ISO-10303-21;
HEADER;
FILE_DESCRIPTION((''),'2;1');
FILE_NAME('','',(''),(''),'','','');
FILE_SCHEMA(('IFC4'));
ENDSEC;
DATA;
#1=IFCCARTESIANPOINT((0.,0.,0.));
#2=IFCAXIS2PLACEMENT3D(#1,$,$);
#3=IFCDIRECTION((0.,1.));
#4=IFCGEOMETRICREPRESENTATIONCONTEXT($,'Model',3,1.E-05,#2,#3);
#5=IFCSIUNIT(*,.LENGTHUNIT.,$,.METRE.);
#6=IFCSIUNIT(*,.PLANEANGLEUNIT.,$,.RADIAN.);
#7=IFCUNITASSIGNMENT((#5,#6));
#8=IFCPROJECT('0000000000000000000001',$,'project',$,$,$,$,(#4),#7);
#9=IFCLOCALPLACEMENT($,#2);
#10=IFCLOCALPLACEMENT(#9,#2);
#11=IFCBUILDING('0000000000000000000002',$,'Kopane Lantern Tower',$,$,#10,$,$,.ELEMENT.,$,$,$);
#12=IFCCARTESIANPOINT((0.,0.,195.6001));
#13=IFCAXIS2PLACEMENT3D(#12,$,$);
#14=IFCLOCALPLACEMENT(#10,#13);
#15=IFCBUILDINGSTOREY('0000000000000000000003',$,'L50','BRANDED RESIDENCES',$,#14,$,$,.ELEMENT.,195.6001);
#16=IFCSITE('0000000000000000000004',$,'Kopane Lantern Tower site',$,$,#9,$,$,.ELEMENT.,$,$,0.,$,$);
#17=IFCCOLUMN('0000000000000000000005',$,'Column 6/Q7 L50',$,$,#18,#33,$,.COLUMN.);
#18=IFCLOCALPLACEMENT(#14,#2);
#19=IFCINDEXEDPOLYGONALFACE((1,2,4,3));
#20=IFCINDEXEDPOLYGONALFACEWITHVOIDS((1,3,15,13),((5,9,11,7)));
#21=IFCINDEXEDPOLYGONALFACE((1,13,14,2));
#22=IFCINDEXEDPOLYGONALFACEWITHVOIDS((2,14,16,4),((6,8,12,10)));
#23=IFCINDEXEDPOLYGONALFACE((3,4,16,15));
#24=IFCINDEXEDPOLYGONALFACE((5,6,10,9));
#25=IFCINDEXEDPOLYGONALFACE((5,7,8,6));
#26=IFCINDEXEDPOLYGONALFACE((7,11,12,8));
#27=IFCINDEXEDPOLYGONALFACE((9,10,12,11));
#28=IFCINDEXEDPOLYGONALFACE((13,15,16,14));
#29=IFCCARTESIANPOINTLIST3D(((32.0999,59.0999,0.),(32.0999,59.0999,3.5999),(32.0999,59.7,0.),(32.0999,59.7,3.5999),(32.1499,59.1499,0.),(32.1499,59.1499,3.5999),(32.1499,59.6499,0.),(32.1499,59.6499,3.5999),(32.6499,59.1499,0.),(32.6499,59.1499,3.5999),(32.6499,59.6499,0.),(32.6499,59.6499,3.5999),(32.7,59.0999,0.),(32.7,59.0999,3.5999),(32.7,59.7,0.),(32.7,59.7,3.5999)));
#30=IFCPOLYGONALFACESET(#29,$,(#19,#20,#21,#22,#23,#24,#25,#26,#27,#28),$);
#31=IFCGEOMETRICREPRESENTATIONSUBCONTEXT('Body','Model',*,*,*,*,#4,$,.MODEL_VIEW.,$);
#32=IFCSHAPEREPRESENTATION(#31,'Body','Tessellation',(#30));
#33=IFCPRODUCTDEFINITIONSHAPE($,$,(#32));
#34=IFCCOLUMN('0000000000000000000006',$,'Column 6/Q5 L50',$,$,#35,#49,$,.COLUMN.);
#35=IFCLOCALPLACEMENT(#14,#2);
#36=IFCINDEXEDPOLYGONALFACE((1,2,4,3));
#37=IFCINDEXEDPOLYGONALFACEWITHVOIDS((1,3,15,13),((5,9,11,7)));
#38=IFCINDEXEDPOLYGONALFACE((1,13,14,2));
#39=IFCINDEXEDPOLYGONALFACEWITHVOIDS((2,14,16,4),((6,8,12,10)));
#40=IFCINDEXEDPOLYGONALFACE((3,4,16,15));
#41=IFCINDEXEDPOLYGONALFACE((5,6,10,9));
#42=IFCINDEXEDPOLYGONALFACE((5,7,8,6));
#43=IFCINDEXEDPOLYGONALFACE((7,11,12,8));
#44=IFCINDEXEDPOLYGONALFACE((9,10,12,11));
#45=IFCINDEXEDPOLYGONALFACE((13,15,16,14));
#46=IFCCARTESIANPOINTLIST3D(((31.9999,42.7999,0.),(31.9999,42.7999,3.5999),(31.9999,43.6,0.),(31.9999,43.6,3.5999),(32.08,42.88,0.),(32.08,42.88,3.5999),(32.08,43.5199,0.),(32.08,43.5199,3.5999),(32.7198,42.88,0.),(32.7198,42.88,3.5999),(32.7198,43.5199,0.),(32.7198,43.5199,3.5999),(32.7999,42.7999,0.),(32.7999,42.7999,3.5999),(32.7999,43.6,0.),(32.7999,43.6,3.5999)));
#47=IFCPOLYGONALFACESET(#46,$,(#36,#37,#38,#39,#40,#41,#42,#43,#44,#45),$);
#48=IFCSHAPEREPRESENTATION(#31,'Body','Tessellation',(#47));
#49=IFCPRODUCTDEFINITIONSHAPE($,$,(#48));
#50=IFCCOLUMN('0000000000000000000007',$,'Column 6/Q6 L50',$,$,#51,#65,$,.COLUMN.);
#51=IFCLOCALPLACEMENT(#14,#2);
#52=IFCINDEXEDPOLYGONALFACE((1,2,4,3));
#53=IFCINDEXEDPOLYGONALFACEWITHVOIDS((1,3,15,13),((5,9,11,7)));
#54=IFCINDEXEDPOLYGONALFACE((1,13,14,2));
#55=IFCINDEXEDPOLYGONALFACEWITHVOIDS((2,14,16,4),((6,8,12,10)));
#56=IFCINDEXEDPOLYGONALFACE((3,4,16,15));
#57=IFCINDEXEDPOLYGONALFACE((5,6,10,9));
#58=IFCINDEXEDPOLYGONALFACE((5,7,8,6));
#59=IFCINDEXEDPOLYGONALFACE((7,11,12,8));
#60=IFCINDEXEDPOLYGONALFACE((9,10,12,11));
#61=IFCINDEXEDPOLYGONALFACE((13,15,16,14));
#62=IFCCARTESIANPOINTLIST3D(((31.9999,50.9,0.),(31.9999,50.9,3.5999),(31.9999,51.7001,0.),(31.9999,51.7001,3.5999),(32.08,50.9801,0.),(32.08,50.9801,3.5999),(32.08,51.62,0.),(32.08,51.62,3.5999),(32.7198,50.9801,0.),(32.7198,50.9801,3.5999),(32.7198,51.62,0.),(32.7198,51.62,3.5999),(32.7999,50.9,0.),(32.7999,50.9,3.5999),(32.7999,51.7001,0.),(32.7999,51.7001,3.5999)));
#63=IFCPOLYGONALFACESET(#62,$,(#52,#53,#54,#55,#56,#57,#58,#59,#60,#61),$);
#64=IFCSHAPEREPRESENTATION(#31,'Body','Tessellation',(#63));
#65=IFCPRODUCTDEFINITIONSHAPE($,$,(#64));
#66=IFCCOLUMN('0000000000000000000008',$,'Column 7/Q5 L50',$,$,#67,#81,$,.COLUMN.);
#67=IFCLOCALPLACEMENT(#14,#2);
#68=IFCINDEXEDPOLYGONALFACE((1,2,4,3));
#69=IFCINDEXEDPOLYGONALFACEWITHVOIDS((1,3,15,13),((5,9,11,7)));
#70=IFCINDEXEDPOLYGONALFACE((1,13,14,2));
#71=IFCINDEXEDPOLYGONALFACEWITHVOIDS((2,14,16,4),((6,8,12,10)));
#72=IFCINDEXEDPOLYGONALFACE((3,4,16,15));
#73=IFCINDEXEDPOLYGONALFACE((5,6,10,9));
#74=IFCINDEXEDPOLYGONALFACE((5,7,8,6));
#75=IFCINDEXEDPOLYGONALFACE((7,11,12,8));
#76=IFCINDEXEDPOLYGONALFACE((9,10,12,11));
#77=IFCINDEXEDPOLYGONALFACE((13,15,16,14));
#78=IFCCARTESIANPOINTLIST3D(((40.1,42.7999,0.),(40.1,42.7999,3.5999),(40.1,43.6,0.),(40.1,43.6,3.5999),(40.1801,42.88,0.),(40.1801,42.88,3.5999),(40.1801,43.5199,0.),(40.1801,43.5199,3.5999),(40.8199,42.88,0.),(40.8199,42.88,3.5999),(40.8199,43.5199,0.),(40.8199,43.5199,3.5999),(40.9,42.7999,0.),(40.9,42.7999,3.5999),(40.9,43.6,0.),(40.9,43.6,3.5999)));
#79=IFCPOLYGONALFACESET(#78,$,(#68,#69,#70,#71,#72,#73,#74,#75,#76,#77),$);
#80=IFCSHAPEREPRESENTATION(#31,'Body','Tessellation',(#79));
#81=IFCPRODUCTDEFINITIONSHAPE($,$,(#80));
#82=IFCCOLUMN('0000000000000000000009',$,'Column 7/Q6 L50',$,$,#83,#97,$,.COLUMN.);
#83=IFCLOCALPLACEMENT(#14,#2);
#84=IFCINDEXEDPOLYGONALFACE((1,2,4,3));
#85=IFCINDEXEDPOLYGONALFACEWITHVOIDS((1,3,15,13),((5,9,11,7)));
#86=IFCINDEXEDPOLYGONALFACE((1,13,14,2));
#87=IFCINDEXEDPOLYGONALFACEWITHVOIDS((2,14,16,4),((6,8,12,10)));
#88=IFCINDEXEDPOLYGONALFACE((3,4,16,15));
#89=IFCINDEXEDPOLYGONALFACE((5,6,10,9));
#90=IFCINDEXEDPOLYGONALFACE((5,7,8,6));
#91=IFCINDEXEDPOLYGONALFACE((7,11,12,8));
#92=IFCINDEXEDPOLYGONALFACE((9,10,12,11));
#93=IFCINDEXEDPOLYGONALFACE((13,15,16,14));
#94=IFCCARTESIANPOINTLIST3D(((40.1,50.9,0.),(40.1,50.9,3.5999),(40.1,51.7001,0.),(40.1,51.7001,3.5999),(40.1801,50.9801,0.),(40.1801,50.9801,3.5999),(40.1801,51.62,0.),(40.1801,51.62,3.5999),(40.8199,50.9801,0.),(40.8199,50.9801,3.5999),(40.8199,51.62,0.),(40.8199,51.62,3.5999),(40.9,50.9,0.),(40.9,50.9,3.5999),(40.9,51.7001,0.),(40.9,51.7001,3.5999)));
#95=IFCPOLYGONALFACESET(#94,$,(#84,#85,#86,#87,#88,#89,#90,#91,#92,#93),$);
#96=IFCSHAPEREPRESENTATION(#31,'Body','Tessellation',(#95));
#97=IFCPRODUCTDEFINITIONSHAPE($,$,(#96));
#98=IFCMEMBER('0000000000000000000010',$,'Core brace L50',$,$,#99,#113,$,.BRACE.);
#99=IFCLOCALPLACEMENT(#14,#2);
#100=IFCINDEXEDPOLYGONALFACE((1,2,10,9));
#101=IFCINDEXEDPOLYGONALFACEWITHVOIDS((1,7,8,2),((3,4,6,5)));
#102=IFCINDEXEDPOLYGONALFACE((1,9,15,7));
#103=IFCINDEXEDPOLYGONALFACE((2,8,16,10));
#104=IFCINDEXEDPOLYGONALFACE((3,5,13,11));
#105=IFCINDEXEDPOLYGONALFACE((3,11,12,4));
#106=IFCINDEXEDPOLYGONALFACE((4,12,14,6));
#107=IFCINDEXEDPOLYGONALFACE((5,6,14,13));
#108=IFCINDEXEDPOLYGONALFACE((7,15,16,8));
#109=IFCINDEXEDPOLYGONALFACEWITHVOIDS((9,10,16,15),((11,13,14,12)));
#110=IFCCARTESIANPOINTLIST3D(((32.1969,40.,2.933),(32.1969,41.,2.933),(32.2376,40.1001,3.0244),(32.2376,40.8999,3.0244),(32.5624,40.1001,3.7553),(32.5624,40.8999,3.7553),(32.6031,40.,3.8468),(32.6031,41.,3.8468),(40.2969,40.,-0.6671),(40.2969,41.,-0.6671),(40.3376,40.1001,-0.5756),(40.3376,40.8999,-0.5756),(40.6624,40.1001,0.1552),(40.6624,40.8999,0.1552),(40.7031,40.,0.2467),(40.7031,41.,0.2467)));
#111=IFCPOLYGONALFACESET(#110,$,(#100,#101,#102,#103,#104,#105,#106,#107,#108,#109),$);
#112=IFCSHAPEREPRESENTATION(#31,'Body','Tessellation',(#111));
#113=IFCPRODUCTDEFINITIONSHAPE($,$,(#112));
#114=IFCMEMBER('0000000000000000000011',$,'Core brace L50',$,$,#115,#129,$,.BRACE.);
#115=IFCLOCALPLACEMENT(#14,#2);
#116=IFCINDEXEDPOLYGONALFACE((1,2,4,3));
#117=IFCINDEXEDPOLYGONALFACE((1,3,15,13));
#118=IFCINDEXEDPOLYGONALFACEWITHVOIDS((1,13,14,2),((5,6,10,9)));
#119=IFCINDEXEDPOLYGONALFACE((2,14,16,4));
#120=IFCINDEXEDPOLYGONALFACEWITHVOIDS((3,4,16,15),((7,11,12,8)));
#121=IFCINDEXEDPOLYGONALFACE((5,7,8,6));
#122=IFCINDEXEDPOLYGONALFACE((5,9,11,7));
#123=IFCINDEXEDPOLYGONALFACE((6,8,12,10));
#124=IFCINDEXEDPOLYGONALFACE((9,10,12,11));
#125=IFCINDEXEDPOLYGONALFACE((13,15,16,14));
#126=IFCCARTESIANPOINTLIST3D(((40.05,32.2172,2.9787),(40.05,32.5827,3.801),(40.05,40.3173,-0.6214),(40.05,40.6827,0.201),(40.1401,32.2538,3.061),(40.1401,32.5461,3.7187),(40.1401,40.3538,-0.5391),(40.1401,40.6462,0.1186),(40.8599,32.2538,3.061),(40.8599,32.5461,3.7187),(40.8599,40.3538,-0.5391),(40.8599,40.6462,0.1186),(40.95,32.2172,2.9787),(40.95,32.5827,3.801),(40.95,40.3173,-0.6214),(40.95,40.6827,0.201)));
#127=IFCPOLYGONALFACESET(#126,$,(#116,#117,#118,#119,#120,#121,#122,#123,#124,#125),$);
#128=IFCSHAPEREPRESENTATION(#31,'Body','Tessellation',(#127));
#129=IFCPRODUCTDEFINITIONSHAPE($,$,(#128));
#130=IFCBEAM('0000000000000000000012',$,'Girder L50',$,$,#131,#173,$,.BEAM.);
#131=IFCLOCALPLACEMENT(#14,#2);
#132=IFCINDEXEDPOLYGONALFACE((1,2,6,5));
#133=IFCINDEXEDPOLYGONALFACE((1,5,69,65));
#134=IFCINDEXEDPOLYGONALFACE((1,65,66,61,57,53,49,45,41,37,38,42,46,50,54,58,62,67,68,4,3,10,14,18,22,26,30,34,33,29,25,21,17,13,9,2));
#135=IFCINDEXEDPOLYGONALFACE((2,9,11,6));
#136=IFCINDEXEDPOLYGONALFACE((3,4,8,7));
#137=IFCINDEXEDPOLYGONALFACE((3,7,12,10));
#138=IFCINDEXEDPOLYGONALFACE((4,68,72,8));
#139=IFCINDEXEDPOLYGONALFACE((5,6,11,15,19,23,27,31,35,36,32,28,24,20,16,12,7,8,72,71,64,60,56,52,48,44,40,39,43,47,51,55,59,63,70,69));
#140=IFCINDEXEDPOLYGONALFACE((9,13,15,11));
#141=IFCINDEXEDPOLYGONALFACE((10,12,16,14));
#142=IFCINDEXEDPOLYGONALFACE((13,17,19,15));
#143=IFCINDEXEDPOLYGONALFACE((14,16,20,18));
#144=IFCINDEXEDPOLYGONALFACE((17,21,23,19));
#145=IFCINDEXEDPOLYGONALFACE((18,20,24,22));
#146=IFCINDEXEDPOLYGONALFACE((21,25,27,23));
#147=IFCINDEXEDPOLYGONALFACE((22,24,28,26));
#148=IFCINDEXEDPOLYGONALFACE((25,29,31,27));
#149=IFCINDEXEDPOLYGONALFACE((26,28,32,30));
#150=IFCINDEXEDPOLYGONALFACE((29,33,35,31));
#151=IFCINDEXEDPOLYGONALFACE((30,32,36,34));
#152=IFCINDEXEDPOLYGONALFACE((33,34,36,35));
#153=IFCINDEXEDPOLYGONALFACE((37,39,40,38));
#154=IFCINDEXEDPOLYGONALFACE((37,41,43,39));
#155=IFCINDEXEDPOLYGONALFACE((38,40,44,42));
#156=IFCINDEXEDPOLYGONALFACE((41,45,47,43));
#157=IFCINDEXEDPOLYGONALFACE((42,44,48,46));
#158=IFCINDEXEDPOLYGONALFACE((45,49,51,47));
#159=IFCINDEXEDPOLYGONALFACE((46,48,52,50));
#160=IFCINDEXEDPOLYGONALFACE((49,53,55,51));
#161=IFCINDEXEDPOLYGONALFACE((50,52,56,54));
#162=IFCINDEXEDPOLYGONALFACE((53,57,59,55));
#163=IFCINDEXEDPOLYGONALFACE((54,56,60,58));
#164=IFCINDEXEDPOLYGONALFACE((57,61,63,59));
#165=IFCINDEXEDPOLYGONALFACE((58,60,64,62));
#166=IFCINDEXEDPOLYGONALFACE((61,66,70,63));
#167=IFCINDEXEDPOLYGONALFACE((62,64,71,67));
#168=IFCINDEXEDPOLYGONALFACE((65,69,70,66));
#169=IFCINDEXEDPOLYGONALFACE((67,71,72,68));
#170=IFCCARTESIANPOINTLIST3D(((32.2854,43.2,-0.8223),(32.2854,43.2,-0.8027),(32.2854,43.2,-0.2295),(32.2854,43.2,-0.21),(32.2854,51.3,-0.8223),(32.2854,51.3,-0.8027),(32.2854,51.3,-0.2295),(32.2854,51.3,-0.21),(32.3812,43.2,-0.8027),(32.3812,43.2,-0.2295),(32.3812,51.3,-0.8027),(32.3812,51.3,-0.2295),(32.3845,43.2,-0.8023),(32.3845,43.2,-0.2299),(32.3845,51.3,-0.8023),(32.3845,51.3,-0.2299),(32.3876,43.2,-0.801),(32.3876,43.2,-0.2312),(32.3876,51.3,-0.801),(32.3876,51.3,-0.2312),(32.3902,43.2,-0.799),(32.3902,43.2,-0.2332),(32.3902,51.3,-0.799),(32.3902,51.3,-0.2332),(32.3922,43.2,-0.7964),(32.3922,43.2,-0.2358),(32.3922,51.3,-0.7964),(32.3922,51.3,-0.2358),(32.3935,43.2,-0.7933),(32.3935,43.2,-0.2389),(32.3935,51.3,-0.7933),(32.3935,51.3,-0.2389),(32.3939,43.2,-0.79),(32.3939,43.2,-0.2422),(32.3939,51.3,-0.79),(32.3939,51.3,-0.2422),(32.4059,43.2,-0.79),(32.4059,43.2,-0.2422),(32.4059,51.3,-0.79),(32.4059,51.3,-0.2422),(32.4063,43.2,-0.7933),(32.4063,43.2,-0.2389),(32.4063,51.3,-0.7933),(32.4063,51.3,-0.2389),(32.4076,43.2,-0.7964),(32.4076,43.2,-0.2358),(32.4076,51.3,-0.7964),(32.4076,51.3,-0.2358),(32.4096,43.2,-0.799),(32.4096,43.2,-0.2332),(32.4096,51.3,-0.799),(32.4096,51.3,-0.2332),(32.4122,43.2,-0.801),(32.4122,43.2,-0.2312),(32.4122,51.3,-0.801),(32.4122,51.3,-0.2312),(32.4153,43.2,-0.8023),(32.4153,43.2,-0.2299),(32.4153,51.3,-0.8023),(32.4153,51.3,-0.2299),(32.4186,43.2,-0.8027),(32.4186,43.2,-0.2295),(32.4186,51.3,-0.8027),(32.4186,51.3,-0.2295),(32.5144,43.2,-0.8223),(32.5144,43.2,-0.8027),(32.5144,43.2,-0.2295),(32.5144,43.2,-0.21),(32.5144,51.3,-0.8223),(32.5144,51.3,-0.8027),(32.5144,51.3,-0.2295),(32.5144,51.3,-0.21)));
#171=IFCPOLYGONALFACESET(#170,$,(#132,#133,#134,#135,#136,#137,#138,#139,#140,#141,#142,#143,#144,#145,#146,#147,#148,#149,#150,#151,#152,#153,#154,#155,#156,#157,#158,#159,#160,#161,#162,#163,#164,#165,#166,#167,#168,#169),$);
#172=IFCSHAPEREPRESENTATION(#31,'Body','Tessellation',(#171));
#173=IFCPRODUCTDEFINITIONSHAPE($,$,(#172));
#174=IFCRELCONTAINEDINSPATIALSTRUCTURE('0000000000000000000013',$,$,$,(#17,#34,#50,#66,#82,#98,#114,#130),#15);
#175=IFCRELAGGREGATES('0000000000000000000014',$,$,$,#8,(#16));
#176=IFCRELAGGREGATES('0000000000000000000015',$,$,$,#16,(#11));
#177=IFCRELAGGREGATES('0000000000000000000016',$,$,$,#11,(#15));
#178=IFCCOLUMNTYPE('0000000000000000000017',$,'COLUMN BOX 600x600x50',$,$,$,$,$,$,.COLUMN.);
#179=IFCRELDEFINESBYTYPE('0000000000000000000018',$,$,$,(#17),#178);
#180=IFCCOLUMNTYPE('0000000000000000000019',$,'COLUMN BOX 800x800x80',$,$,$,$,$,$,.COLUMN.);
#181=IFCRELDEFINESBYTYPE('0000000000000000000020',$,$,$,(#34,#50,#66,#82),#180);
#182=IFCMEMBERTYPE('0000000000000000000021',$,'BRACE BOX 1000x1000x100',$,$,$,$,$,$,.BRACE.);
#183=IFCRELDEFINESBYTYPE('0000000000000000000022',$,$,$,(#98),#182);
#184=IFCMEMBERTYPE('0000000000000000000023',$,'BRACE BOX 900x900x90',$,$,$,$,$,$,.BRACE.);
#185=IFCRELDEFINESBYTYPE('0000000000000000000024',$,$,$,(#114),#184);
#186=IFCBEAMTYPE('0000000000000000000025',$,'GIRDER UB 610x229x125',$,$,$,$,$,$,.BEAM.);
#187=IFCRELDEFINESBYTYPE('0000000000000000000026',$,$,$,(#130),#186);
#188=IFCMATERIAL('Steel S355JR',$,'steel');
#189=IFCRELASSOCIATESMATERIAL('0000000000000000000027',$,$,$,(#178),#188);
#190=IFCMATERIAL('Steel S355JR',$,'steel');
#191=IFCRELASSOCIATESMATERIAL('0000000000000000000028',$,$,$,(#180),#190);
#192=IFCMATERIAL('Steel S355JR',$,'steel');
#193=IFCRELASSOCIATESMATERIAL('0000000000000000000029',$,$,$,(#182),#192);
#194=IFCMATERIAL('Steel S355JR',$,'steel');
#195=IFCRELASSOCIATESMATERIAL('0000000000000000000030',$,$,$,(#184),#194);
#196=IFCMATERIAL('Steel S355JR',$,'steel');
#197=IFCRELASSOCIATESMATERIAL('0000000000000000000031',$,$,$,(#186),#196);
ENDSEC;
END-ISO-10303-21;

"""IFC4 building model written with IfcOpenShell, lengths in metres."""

from ifc_helpers import new_model, si_unit, direction, frame, origin, origin_2d, place, context, subcontext, project, spatial, hollow_rectangle, i_section, extrude, material, material_profile, profile_set, type_object, element, save


model = new_model("IFC4")

# Units and contexts
model_context = context("Model", 3, precision=1e-05, world=origin(), true_north=direction((0.0, 1.0)))
body_context = subcontext(model_context, "Body", "Model", "MODEL_VIEW")
ifc_project = project(units=[si_unit("LENGTHUNIT", "METRE"), si_unit("PLANEANGLEUNIT", "RADIAN")], contexts=[model_context])

# Site, building, storey
site_placement = place(None, origin())
site = spatial("IfcSite", under=ifc_project, at=site_placement, Name="Kopane Lantern Tower site", CompositionType="ELEMENT", RefElevation=0.0)
building_placement = place(site_placement, origin())
building = spatial("IfcBuilding", under=site, at=building_placement, Name="Kopane Lantern Tower", CompositionType="ELEMENT")
storey_placement = place(building_placement, frame((0.0, 0.0, 195.6001)))
storey = spatial("IfcBuildingStorey", under=building, at=storey_placement, Name="L50", Description="BRANDED RESIDENCES", CompositionType="ELEMENT", Elevation=195.6001)

# Columns
ifc_material_1 = material(Name="Steel S355JR", Category="steel")
ifc_material_profile_1 = material_profile(ifc_material_1, hollow_rectangle(XDim=0.6001, YDim=0.6001, WallThickness=0.05, at=origin_2d()), Name="BOX 600x600x50")
ifc_profile_set_1 = profile_set([ifc_material_profile_1], Name="Steel S355JR")
column_type_1 = type_object("IfcColumnType", Name="COLUMN BOX 600x600x50", PredefinedType="COLUMN", material=ifc_profile_set_1)
column_placement = place(storey_placement, frame((32.3999, 59.3999, 0.0), z_axis=(0.0, 0.0, 1.0), x_axis=(1.0, 0.0, 0.0)))
element("IfcColumn", 1, at=column_placement, inside=storey, type_object=column_type_1, Name="Column 6/Q7 L50", PredefinedType="COLUMN", context=body_context, shape_type="SweptSolid", body=[
    extrude(hollow_rectangle(XDim=0.6001, YDim=0.6001, WallThickness=0.05, at=origin_2d()), origin(), (0.0, 0.0, 1.0), 3.5999),
])
ifc_material_2 = material(Name="Steel S355JR", Category="steel")
ifc_material_profile_2 = material_profile(ifc_material_2, hollow_rectangle(XDim=0.8, YDim=0.8, WallThickness=0.0801, at=origin_2d()), Name="BOX 800x800x80")
ifc_profile_set_2 = profile_set([ifc_material_profile_2], Name="Steel S355JR")
column_type_2 = type_object("IfcColumnType", Name="COLUMN BOX 800x800x80", PredefinedType="COLUMN", material=ifc_profile_set_2)
for number, where, z_axis, x_axis, name in (
    (2, (32.3999, 43.2, 0.0), (0.0, 0.0, 1.0), (1.0, 0.0, 0.0), "Column 6/Q5 L50"),
    (3, (32.3999, 51.3, 0.0), (0.0, 0.0, 1.0), (1.0, 0.0, 0.0), "Column 6/Q6 L50"),
    (4, (40.5, 43.2, 0.0), (0.0, 0.0, 1.0), (1.0, 0.0, 0.0), "Column 7/Q5 L50"),
    (5, (40.5, 51.3, 0.0), (0.0, 0.0, 1.0), (1.0, 0.0, 0.0), "Column 7/Q6 L50"),
):
    element("IfcColumn", number, at=place(storey_placement, frame(where, z_axis=z_axis, x_axis=x_axis)), inside=storey, type_object=column_type_2, Name=name, PredefinedType="COLUMN", context=body_context, shape_type="SweptSolid", body=[
        extrude(hollow_rectangle(XDim=0.8, YDim=0.8, WallThickness=0.0801, at=origin_2d()), origin(), (0.0, 0.0, 1.0), 3.5999),
    ])

# Members
ifc_material_3 = material(Name="Steel S355JR", Category="steel")
ifc_material_profile_3 = material_profile(ifc_material_3, hollow_rectangle(XDim=1.0, YDim=1.0, WallThickness=0.1001, at=origin_2d()), Name="BOX 1000x1000x100")
ifc_profile_set_3 = profile_set([ifc_material_profile_3], Name="Steel S355JR")
member_type_1 = type_object("IfcMemberType", Name="BRACE BOX 1000x1000x100", PredefinedType="BRACE", material=ifc_profile_set_3)
member_1_placement = place(storey_placement, frame((40.5, 40.5, -0.2102), z_axis=(-0.913809, 0.0, 0.406144), x_axis=(0.0, -1.0, 0.0)))
element("IfcMember", 6, at=member_1_placement, inside=storey, type_object=member_type_1, Name="Core brace L50", PredefinedType="BRACE", context=body_context, shape_type="SweptSolid", body=[
    extrude(hollow_rectangle(XDim=1.0, YDim=1.0, WallThickness=0.1001, at=origin_2d()), origin(), (0.0, 0.0, 1.0), 8.864),
])
ifc_material_4 = material(Name="Steel S355JR", Category="steel")
ifc_material_profile_4 = material_profile(ifc_material_4, hollow_rectangle(XDim=0.8999, YDim=0.8999, WallThickness=0.0901, at=origin_2d()), Name="BOX 900x900x90")
ifc_profile_set_4 = profile_set([ifc_material_profile_4], Name="Steel S355JR")
member_type_2 = type_object("IfcMemberType", Name="BRACE BOX 900x900x90", PredefinedType="BRACE", material=ifc_profile_set_4)
member_2_placement = place(storey_placement, frame((40.5, 40.5, -0.2102), z_axis=(0.0, -0.913809, 0.406144), x_axis=(1.0, 0.0, 0.0)))
element("IfcMember", 7, at=member_2_placement, inside=storey, type_object=member_type_2, Name="Core brace L50", PredefinedType="BRACE", context=body_context, shape_type="SweptSolid", body=[
    extrude(hollow_rectangle(XDim=0.8999, YDim=0.8999, WallThickness=0.0901, at=origin_2d()), origin(), (0.0, 0.0, 1.0), 8.864),
])

# Beam
ifc_material_5 = material(Name="Steel S355JR", Category="steel")
ifc_material_profile_5 = material_profile(ifc_material_5, i_section(OverallWidth=0.229, OverallDepth=0.6123, WebThickness=0.012, FlangeThickness=0.0195, FilletRadius=0.0127, at=origin_2d()), Name="UB 610x229x125")
ifc_profile_set_5 = profile_set([ifc_material_profile_5], Name="Steel S355JR")
beam_type = type_object("IfcBeamType", Name="GIRDER UB 610x229x125", PredefinedType="BEAM", material=ifc_profile_set_5)
for number, where, z_axis, x_axis, name in (
    (8, (32.3999, 43.2, -0.5161), (0.0, 1.0, 0.0), (-1.0, 0.0, 0.0), "Girder L50"),
):
    element("IfcBeam", number, at=place(storey_placement, frame(where, z_axis=z_axis, x_axis=x_axis)), inside=storey, type_object=beam_type, Name=name, PredefinedType="BEAM", context=body_context, shape_type="SweptSolid", body=[
        extrude(i_section(OverallWidth=0.229, OverallDepth=0.6123, WebThickness=0.012, FlangeThickness=0.0195, FilletRadius=0.0127, at=origin_2d()), origin(), (0.0, 0.0, 1.0), 8.1001),
    ])

save(model, "model.ifc")
